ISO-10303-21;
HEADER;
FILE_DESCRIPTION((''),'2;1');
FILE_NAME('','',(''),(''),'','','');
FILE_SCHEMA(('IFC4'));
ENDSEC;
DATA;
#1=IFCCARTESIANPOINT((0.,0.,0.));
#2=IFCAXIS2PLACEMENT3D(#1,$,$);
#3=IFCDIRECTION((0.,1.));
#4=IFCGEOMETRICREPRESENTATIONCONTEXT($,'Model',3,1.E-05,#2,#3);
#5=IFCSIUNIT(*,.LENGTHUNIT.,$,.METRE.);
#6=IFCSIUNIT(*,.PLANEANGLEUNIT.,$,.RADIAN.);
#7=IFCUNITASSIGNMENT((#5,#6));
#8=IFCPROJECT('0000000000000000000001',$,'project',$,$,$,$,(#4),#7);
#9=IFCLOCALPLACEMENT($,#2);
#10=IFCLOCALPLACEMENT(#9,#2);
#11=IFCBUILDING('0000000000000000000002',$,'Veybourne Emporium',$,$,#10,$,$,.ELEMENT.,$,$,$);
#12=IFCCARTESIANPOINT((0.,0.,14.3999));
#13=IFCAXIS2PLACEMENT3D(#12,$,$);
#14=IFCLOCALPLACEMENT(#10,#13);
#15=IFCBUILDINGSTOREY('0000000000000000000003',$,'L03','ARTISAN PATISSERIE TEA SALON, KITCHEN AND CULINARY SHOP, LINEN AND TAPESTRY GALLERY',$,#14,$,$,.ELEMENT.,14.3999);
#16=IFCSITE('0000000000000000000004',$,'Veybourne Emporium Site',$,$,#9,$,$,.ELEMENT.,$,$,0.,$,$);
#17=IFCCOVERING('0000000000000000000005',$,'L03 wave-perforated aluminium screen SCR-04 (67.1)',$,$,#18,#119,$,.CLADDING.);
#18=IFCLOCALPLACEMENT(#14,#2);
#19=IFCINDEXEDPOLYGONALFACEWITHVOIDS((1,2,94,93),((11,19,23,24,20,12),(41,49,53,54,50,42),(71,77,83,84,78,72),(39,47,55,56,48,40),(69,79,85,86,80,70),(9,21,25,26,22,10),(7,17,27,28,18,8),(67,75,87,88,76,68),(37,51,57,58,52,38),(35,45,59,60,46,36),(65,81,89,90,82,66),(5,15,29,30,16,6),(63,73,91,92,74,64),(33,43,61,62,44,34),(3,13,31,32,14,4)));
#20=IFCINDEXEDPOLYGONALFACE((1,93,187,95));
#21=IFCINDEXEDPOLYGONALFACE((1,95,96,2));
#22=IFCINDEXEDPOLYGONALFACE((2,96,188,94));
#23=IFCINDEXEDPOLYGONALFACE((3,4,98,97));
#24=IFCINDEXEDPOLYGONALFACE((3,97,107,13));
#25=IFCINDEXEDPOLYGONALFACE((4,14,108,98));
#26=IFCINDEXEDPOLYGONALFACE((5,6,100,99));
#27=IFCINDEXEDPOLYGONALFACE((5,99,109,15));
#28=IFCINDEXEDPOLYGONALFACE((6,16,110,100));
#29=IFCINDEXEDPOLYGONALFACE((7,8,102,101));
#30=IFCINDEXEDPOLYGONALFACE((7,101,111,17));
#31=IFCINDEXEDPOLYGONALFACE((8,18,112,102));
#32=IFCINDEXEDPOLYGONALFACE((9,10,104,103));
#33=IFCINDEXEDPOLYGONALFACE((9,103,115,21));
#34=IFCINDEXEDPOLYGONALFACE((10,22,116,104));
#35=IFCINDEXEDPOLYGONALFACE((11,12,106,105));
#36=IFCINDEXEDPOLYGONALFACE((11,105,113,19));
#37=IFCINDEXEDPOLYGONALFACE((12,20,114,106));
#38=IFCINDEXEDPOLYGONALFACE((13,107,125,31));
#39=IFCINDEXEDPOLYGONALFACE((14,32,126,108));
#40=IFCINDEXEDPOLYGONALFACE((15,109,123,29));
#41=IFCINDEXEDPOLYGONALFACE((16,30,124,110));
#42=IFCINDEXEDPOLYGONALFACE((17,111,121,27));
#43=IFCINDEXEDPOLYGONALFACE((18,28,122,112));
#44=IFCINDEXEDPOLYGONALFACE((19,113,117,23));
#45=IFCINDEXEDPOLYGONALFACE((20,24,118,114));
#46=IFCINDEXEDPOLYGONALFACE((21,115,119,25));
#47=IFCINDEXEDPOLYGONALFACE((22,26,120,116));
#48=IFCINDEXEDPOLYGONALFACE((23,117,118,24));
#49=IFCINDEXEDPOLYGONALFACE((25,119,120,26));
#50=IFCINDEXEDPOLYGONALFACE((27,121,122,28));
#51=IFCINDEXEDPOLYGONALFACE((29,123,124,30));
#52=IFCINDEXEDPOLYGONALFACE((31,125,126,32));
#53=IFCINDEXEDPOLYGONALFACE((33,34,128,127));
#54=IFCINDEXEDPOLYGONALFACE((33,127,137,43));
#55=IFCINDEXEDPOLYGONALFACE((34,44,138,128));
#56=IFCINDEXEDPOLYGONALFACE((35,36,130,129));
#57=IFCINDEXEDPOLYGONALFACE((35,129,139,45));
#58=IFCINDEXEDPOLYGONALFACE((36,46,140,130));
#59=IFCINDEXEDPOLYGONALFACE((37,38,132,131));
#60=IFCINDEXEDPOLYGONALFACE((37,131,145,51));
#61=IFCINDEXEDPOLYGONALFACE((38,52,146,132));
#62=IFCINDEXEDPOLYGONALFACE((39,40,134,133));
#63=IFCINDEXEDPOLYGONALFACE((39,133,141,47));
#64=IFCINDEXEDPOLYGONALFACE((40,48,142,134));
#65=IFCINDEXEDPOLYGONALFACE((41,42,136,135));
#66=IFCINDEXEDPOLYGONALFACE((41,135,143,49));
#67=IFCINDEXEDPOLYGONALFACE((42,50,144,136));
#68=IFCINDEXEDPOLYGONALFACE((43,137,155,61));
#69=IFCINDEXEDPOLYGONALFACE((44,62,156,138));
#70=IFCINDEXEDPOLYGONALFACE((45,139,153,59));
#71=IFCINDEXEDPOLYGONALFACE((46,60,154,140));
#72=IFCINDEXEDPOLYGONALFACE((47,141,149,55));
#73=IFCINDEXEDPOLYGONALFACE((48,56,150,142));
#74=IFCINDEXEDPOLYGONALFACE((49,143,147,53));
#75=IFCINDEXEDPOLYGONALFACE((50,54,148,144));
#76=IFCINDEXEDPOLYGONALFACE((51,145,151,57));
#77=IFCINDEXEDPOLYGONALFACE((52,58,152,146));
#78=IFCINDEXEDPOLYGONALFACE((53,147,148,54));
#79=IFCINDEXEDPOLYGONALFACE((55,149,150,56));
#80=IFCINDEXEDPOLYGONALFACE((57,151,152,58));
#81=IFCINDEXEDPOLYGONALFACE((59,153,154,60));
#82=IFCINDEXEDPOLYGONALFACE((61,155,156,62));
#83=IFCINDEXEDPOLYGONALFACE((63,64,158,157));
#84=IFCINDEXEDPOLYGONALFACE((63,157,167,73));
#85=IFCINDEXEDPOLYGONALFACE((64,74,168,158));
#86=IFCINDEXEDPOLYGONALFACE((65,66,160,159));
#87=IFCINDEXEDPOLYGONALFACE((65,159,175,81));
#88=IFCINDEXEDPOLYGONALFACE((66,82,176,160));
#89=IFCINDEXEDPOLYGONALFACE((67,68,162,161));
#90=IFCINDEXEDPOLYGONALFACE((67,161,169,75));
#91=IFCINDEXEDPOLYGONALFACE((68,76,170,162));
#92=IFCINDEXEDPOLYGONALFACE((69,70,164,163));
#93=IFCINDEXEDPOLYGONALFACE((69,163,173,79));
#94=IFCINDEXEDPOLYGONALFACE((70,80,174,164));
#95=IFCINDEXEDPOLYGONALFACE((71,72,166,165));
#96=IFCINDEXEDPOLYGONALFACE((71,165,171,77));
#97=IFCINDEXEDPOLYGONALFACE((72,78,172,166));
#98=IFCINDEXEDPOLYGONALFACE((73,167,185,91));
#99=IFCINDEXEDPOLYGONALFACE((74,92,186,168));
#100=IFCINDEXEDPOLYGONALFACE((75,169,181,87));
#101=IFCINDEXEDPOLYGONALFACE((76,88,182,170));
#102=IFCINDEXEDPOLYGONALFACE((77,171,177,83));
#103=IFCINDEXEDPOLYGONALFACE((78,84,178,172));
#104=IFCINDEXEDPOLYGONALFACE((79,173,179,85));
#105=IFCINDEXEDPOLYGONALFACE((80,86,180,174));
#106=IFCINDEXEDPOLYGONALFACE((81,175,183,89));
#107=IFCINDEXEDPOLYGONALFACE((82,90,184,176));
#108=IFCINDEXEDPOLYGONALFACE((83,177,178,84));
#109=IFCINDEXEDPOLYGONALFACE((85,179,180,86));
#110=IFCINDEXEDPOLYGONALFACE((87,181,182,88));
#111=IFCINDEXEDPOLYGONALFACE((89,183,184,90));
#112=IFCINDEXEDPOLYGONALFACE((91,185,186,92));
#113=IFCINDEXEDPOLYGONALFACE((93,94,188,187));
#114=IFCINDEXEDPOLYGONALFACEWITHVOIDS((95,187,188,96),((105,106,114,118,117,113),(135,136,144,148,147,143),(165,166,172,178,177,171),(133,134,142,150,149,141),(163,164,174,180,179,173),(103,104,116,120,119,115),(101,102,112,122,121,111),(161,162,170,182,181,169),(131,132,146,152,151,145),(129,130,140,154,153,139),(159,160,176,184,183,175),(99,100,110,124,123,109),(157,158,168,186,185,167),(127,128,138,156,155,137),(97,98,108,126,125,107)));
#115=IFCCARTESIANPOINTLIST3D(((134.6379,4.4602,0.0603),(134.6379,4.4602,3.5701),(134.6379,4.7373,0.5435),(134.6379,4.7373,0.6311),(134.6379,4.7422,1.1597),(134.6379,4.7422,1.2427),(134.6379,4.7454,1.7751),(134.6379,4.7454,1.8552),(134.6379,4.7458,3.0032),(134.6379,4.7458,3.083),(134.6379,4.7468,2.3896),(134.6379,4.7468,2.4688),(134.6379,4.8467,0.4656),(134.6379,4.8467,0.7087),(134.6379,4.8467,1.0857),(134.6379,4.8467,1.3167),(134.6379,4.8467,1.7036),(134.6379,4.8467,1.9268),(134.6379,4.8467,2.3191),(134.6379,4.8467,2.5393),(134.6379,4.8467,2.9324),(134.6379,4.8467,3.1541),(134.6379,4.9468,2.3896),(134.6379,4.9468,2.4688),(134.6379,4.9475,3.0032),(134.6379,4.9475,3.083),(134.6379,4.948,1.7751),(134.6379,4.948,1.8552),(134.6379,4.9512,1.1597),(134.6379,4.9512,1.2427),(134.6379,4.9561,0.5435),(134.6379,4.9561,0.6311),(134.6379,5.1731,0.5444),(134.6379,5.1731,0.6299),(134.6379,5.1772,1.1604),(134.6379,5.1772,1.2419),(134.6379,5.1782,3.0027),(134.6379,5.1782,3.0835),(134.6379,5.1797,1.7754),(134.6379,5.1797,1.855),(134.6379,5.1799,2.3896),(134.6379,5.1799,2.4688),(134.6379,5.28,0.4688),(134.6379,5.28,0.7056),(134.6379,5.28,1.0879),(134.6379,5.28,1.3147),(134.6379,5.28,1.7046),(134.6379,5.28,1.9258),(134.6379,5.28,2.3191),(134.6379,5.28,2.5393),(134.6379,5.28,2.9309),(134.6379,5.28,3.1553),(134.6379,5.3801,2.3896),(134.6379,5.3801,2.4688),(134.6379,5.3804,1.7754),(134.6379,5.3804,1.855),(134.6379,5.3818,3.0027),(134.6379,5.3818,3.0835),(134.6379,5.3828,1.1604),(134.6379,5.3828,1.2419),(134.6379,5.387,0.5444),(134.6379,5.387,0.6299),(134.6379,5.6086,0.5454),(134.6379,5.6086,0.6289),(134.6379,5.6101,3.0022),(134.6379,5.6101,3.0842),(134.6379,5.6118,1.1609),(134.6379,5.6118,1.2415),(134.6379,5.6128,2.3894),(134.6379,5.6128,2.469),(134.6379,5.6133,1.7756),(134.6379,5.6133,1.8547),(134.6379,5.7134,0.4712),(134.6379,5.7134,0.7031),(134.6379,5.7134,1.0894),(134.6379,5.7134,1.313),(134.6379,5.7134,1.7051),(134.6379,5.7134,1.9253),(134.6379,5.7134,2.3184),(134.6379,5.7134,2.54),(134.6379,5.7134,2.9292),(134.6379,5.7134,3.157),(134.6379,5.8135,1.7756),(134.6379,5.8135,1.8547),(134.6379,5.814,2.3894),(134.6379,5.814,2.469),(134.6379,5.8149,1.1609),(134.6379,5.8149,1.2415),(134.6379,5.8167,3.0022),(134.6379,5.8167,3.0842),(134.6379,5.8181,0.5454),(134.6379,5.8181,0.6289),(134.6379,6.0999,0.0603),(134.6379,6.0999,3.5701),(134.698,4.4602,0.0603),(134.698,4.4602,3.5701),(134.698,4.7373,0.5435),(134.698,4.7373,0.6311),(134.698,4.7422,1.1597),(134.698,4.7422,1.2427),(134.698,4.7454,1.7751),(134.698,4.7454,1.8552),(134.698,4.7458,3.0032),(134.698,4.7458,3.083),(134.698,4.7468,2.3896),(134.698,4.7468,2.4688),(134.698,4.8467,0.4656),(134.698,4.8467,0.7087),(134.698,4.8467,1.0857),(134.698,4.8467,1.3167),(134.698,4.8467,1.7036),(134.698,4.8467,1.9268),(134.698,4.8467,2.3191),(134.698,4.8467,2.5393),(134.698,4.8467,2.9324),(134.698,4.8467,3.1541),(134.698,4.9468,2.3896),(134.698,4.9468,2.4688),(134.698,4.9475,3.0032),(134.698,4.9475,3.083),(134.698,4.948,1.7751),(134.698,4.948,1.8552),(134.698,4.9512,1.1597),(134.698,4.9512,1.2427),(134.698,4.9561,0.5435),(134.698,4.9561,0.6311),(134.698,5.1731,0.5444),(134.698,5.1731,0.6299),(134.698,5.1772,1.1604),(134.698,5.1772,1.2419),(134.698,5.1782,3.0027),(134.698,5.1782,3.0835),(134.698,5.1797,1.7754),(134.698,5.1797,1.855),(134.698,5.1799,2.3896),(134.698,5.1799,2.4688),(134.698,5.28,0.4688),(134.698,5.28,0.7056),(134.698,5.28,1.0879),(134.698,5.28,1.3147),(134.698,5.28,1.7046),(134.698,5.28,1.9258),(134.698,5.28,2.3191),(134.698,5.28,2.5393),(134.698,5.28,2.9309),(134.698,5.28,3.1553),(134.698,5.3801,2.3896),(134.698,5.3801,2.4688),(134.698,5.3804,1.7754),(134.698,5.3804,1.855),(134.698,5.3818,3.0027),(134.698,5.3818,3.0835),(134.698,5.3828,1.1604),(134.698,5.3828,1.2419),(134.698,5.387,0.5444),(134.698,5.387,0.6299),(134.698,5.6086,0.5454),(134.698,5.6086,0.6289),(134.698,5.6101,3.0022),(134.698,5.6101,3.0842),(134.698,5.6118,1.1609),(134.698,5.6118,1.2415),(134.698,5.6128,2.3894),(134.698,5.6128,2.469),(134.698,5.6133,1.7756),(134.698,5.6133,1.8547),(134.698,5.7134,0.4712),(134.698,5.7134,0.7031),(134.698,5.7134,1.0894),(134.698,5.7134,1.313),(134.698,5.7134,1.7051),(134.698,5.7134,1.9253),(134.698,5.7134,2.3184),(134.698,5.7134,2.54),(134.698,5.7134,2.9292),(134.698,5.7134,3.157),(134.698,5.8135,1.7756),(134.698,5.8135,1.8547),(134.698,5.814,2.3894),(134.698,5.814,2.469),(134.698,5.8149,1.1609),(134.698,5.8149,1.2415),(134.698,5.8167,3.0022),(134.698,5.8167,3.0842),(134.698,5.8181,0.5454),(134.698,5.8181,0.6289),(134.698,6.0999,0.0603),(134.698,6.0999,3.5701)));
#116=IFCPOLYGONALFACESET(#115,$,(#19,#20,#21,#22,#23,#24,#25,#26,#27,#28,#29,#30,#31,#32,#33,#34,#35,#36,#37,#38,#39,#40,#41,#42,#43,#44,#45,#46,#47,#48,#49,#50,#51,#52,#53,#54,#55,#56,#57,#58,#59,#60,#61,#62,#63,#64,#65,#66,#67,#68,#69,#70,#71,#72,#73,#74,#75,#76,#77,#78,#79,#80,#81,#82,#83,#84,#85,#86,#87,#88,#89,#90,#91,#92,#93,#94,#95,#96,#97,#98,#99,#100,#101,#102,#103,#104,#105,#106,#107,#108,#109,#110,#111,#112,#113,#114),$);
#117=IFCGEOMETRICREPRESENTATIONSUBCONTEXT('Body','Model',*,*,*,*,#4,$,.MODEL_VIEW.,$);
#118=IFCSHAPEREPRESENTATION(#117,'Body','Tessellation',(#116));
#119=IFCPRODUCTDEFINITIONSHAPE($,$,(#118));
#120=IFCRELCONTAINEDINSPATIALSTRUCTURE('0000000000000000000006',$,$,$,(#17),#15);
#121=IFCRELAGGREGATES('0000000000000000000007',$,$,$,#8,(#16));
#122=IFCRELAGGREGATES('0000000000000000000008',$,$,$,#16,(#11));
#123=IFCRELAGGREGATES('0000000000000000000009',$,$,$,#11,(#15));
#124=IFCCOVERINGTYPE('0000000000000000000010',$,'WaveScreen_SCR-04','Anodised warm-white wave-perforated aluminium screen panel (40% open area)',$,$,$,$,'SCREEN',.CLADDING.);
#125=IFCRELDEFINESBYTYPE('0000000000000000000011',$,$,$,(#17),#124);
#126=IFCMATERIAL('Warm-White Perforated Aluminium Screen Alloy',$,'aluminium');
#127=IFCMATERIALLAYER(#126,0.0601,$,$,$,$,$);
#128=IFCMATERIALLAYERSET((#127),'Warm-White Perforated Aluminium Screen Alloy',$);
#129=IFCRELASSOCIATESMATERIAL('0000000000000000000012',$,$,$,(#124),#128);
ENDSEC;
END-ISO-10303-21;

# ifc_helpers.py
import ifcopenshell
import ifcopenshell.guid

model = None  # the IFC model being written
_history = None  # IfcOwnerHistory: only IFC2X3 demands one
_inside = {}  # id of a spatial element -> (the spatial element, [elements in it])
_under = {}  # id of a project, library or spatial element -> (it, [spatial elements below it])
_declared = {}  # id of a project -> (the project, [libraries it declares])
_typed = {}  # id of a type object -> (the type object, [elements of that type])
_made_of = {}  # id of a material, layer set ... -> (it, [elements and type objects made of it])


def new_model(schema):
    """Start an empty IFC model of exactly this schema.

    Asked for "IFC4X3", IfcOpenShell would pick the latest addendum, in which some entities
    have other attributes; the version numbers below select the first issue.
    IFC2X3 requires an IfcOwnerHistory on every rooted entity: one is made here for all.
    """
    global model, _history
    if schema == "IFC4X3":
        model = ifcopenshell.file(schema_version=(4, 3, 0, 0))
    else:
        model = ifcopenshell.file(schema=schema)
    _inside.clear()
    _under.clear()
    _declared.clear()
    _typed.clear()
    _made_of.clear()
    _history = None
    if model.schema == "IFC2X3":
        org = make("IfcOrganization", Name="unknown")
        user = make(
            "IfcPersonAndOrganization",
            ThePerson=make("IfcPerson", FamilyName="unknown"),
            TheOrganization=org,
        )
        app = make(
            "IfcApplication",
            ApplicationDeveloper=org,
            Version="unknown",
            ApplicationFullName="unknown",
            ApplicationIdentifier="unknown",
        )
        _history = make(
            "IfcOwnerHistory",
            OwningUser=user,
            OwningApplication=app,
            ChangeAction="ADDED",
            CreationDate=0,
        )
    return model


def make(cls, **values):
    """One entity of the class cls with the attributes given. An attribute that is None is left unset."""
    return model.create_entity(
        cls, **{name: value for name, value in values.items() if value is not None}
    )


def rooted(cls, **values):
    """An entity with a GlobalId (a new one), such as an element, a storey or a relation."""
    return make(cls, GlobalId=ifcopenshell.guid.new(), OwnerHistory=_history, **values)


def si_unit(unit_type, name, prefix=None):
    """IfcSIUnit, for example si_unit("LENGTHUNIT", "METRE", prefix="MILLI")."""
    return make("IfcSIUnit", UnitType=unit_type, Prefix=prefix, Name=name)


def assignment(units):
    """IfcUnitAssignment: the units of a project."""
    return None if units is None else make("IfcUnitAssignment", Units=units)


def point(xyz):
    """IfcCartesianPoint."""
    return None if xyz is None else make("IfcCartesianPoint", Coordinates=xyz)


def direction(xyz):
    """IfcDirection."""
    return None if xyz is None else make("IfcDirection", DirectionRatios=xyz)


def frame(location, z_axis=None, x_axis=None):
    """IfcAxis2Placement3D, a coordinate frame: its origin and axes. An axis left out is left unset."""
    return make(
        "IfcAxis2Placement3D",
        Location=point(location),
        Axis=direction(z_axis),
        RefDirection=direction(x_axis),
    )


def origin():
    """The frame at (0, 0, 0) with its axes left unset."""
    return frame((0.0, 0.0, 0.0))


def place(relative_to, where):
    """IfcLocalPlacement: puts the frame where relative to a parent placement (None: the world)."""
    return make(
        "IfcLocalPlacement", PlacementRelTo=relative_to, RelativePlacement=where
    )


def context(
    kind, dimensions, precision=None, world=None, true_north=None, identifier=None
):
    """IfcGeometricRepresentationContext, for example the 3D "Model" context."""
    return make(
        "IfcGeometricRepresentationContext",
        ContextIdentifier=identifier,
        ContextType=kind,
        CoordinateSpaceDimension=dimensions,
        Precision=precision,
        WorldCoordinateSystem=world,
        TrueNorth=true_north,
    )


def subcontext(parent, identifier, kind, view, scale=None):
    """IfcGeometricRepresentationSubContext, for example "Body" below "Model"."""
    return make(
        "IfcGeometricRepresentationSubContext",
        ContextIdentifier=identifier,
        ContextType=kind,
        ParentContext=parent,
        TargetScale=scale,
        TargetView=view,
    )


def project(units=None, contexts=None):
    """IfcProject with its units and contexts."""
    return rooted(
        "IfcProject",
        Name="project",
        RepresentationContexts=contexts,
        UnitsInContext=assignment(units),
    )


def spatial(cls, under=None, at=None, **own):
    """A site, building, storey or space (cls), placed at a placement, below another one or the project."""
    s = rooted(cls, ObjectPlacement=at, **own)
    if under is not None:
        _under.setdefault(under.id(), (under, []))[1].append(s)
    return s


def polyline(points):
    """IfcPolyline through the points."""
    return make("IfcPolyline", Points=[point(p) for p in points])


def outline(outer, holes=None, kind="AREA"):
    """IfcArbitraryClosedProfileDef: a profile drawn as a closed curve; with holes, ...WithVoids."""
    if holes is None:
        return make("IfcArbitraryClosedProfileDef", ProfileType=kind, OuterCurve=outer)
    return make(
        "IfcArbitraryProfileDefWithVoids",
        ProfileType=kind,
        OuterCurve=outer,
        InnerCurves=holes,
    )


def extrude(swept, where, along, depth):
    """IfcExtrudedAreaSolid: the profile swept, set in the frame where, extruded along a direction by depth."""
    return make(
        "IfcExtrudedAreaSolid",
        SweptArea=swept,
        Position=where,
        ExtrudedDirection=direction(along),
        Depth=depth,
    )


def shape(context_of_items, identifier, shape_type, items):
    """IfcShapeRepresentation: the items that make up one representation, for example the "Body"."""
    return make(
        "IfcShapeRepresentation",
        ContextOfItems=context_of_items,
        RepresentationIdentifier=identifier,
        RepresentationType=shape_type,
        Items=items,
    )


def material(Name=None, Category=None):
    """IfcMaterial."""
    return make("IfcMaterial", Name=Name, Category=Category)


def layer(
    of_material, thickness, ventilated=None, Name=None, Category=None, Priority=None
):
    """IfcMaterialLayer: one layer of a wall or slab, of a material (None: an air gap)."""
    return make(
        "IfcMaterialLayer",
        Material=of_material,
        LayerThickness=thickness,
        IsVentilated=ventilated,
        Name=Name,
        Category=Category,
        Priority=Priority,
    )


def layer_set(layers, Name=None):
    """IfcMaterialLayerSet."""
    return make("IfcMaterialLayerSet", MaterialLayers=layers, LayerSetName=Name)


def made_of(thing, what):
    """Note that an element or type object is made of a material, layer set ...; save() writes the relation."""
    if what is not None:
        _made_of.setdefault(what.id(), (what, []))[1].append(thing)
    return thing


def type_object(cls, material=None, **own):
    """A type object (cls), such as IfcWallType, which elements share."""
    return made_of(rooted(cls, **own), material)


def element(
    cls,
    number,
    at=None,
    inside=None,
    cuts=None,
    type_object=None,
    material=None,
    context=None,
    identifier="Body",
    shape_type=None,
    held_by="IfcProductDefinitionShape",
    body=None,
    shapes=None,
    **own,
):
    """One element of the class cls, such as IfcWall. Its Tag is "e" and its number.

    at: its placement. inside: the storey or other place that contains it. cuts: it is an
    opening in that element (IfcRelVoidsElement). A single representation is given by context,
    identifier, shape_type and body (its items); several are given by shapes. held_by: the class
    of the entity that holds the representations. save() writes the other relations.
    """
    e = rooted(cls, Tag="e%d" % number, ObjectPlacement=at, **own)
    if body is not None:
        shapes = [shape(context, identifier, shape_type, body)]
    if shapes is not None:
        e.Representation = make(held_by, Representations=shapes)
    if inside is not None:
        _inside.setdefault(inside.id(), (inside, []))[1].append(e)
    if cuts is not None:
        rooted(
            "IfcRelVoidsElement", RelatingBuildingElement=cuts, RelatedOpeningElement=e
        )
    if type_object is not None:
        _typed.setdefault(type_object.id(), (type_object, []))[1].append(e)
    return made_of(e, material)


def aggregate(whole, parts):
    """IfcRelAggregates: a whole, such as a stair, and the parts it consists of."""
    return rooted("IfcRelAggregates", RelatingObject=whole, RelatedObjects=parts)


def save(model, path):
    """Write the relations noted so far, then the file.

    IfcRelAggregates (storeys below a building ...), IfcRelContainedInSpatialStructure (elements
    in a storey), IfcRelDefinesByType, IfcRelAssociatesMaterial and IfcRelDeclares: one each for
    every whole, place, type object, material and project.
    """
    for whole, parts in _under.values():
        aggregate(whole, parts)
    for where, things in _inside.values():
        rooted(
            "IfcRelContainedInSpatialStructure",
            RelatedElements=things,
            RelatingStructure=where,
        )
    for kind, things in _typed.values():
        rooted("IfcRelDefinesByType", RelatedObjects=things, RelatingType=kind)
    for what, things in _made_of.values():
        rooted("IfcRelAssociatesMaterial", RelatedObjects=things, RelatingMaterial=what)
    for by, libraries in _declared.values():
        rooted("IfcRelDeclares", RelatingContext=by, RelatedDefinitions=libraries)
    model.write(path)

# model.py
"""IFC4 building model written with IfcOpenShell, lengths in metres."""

from ifc_helpers import new_model, si_unit, direction, frame, origin, place, context, subcontext, project, spatial, polyline, outline, extrude, material, layer, layer_set, type_object, element, save


model = new_model("IFC4")

# Units and contexts
model_context = context("Model", 3, precision=1e-05, world=origin(), true_north=direction((0.0, 1.0)))
body_context = subcontext(model_context, "Body", "Model", "MODEL_VIEW")
ifc_project = project(units=[si_unit("LENGTHUNIT", "METRE"), si_unit("PLANEANGLEUNIT", "RADIAN")], contexts=[model_context])

# Site, building, storey
site_placement = place(None, origin())
site = spatial("IfcSite", under=ifc_project, at=site_placement, Name="Veybourne Emporium Site", CompositionType="ELEMENT", RefElevation=0.0)
building_placement = place(site_placement, origin())
building = spatial("IfcBuilding", under=site, at=building_placement, Name="Veybourne Emporium", CompositionType="ELEMENT")
storey_placement = place(building_placement, frame((0.0, 0.0, 14.3999)))
storey = spatial("IfcBuildingStorey", under=building, at=storey_placement, Name="L03", Description="ARTISAN PATISSERIE TEA SALON, KITCHEN AND CULINARY SHOP, LINEN AND TAPESTRY GALLERY", CompositionType="ELEMENT", Elevation=14.3999)

# Covering
ifc_material_1 = material(Name="Warm-White Perforated Aluminium Screen Alloy", Category="aluminium")
ifc_layer_1 = layer(ifc_material_1, 0.0601)
ifc_layer_set_1 = layer_set([ifc_layer_1], Name="Warm-White Perforated Aluminium Screen Alloy")
covering_type_1 = type_object("IfcCoveringType", Name="WaveScreen_SCR-04", Description="Anodised warm-white wave-perforated aluminium screen panel (40% open area)", ElementType="SCREEN", PredefinedType="CLADDING", material=ifc_layer_set_1)
covering_1_placement = place(storey_placement, frame((134.698, 5.28, 1.8152), z_axis=(-1.0, 0.0, 0.0), x_axis=(0.0, -1.0, 0.0)))
element("IfcCovering", 1, at=covering_1_placement, inside=storey, type_object=covering_type_1, Name="L03 wave-perforated aluminium screen SCR-04 (67.1)", PredefinedType="CLADDING", context=body_context, shape_type="SweptSolid", body=[
    extrude(outline(polyline([(-0.8198, -1.7549), (0.8198, -1.7549), (0.8198, 1.7549), (-0.8198, 1.7549), (-0.8198, -1.7549)]), holes=[polyline([(-0.4333, -1.1121), (-0.3286, -1.1863), (-0.3286, -1.2698), (-0.4333, -1.344), (-0.5381, -1.2698), (-0.5381, -1.1863), (-0.4333, -1.1121)]), polyline([(-0.4333, -0.5022), (-0.3318, -0.5737), (-0.3318, -0.6543), (-0.4333, -0.7258), (-0.5349, -0.6543), (-0.5349, -0.5737), (-0.4333, -0.5022)]), polyline([(-0.4333, 0.1101), (-0.3333, 0.0396), (-0.3333, -0.0396), (-0.4333, -0.1101), (-0.5334, -0.0396), (-0.5334, 0.0396), (-0.4333, 0.1101)]), polyline([(-0.4333, 0.7249), (-0.3328, 0.6538), (-0.3328, 0.5742), (-0.4333, 0.5032), (-0.5339, 0.5742), (-0.5339, 0.6538), (-0.4333, 0.7249)]), polyline([(-0.4333, 1.3418), (-0.3301, 1.269), (-0.3301, 1.187), (-0.4333, 1.114), (-0.5366, 1.187), (-0.5366, 1.269), (-0.4333, 1.3418)]), polyline([(0.0, -1.1096), (0.1069, -1.1853), (0.1069, -1.2708), (0.0, -1.3464), (-0.1069, -1.2708), (-0.1069, -1.1853), (0.0, -1.1096)]), polyline([(0.0, -0.5005), (0.1028, -0.5732), (0.1028, -0.6548), (0.0, -0.7273), (-0.1028, -0.6548), (-0.1028, -0.5732), (0.0, -0.5005)]), polyline([(0.0, 0.1106), (0.1003, 0.0398), (0.1003, -0.0398), (0.0, -0.1106), (-0.1003, -0.0398), (-0.1003, 0.0398), (0.0, 0.1106)]), polyline([(0.0, 0.7241), (0.1001, 0.6536), (0.1001, 0.5745), (0.0, 0.5039), (-0.1001, 0.5745), (-0.1001, 0.6536), (0.0, 0.7241)]), polyline([(0.0, 1.3401), (0.1018, 1.2683), (0.1018, 1.1875), (0.0, 1.1157), (-0.1018, 1.1875), (-0.1018, 1.2683), (0.0, 1.3401)]), polyline([(0.4333, -1.1064), (0.5427, -1.1841), (0.5427, -1.2717), (0.4333, -1.3496), (0.324, -1.2717), (0.324, -1.1841), (0.4333, -1.1064)]), polyline([(0.4333, -0.4985), (0.5378, -0.5725), (0.5378, -0.6555), (0.4333, -0.7295), (0.3289, -0.6555), (0.3289, -0.5725), (0.4333, -0.4985)]), polyline([(0.4333, 0.1116), (0.5347, 0.04), (0.5347, -0.04), (0.4333, -0.1116), (0.332, -0.04), (0.332, 0.04), (0.4333, 0.1116)]), polyline([(0.4333, 0.7241), (0.5332, 0.6536), (0.5332, 0.5745), (0.4333, 0.5039), (0.3333, 0.5745), (0.3333, 0.6536), (0.4333, 0.7241)]), polyline([(0.4333, 1.3389), (0.5342, 1.2678), (0.5342, 1.188), (0.4333, 1.1172), (0.3325, 1.188), (0.3325, 1.2678), (0.4333, 1.3389)])]), origin(), (0.0, 0.0, 1.0), 0.0601),
])

save(model, "model.ifc")
